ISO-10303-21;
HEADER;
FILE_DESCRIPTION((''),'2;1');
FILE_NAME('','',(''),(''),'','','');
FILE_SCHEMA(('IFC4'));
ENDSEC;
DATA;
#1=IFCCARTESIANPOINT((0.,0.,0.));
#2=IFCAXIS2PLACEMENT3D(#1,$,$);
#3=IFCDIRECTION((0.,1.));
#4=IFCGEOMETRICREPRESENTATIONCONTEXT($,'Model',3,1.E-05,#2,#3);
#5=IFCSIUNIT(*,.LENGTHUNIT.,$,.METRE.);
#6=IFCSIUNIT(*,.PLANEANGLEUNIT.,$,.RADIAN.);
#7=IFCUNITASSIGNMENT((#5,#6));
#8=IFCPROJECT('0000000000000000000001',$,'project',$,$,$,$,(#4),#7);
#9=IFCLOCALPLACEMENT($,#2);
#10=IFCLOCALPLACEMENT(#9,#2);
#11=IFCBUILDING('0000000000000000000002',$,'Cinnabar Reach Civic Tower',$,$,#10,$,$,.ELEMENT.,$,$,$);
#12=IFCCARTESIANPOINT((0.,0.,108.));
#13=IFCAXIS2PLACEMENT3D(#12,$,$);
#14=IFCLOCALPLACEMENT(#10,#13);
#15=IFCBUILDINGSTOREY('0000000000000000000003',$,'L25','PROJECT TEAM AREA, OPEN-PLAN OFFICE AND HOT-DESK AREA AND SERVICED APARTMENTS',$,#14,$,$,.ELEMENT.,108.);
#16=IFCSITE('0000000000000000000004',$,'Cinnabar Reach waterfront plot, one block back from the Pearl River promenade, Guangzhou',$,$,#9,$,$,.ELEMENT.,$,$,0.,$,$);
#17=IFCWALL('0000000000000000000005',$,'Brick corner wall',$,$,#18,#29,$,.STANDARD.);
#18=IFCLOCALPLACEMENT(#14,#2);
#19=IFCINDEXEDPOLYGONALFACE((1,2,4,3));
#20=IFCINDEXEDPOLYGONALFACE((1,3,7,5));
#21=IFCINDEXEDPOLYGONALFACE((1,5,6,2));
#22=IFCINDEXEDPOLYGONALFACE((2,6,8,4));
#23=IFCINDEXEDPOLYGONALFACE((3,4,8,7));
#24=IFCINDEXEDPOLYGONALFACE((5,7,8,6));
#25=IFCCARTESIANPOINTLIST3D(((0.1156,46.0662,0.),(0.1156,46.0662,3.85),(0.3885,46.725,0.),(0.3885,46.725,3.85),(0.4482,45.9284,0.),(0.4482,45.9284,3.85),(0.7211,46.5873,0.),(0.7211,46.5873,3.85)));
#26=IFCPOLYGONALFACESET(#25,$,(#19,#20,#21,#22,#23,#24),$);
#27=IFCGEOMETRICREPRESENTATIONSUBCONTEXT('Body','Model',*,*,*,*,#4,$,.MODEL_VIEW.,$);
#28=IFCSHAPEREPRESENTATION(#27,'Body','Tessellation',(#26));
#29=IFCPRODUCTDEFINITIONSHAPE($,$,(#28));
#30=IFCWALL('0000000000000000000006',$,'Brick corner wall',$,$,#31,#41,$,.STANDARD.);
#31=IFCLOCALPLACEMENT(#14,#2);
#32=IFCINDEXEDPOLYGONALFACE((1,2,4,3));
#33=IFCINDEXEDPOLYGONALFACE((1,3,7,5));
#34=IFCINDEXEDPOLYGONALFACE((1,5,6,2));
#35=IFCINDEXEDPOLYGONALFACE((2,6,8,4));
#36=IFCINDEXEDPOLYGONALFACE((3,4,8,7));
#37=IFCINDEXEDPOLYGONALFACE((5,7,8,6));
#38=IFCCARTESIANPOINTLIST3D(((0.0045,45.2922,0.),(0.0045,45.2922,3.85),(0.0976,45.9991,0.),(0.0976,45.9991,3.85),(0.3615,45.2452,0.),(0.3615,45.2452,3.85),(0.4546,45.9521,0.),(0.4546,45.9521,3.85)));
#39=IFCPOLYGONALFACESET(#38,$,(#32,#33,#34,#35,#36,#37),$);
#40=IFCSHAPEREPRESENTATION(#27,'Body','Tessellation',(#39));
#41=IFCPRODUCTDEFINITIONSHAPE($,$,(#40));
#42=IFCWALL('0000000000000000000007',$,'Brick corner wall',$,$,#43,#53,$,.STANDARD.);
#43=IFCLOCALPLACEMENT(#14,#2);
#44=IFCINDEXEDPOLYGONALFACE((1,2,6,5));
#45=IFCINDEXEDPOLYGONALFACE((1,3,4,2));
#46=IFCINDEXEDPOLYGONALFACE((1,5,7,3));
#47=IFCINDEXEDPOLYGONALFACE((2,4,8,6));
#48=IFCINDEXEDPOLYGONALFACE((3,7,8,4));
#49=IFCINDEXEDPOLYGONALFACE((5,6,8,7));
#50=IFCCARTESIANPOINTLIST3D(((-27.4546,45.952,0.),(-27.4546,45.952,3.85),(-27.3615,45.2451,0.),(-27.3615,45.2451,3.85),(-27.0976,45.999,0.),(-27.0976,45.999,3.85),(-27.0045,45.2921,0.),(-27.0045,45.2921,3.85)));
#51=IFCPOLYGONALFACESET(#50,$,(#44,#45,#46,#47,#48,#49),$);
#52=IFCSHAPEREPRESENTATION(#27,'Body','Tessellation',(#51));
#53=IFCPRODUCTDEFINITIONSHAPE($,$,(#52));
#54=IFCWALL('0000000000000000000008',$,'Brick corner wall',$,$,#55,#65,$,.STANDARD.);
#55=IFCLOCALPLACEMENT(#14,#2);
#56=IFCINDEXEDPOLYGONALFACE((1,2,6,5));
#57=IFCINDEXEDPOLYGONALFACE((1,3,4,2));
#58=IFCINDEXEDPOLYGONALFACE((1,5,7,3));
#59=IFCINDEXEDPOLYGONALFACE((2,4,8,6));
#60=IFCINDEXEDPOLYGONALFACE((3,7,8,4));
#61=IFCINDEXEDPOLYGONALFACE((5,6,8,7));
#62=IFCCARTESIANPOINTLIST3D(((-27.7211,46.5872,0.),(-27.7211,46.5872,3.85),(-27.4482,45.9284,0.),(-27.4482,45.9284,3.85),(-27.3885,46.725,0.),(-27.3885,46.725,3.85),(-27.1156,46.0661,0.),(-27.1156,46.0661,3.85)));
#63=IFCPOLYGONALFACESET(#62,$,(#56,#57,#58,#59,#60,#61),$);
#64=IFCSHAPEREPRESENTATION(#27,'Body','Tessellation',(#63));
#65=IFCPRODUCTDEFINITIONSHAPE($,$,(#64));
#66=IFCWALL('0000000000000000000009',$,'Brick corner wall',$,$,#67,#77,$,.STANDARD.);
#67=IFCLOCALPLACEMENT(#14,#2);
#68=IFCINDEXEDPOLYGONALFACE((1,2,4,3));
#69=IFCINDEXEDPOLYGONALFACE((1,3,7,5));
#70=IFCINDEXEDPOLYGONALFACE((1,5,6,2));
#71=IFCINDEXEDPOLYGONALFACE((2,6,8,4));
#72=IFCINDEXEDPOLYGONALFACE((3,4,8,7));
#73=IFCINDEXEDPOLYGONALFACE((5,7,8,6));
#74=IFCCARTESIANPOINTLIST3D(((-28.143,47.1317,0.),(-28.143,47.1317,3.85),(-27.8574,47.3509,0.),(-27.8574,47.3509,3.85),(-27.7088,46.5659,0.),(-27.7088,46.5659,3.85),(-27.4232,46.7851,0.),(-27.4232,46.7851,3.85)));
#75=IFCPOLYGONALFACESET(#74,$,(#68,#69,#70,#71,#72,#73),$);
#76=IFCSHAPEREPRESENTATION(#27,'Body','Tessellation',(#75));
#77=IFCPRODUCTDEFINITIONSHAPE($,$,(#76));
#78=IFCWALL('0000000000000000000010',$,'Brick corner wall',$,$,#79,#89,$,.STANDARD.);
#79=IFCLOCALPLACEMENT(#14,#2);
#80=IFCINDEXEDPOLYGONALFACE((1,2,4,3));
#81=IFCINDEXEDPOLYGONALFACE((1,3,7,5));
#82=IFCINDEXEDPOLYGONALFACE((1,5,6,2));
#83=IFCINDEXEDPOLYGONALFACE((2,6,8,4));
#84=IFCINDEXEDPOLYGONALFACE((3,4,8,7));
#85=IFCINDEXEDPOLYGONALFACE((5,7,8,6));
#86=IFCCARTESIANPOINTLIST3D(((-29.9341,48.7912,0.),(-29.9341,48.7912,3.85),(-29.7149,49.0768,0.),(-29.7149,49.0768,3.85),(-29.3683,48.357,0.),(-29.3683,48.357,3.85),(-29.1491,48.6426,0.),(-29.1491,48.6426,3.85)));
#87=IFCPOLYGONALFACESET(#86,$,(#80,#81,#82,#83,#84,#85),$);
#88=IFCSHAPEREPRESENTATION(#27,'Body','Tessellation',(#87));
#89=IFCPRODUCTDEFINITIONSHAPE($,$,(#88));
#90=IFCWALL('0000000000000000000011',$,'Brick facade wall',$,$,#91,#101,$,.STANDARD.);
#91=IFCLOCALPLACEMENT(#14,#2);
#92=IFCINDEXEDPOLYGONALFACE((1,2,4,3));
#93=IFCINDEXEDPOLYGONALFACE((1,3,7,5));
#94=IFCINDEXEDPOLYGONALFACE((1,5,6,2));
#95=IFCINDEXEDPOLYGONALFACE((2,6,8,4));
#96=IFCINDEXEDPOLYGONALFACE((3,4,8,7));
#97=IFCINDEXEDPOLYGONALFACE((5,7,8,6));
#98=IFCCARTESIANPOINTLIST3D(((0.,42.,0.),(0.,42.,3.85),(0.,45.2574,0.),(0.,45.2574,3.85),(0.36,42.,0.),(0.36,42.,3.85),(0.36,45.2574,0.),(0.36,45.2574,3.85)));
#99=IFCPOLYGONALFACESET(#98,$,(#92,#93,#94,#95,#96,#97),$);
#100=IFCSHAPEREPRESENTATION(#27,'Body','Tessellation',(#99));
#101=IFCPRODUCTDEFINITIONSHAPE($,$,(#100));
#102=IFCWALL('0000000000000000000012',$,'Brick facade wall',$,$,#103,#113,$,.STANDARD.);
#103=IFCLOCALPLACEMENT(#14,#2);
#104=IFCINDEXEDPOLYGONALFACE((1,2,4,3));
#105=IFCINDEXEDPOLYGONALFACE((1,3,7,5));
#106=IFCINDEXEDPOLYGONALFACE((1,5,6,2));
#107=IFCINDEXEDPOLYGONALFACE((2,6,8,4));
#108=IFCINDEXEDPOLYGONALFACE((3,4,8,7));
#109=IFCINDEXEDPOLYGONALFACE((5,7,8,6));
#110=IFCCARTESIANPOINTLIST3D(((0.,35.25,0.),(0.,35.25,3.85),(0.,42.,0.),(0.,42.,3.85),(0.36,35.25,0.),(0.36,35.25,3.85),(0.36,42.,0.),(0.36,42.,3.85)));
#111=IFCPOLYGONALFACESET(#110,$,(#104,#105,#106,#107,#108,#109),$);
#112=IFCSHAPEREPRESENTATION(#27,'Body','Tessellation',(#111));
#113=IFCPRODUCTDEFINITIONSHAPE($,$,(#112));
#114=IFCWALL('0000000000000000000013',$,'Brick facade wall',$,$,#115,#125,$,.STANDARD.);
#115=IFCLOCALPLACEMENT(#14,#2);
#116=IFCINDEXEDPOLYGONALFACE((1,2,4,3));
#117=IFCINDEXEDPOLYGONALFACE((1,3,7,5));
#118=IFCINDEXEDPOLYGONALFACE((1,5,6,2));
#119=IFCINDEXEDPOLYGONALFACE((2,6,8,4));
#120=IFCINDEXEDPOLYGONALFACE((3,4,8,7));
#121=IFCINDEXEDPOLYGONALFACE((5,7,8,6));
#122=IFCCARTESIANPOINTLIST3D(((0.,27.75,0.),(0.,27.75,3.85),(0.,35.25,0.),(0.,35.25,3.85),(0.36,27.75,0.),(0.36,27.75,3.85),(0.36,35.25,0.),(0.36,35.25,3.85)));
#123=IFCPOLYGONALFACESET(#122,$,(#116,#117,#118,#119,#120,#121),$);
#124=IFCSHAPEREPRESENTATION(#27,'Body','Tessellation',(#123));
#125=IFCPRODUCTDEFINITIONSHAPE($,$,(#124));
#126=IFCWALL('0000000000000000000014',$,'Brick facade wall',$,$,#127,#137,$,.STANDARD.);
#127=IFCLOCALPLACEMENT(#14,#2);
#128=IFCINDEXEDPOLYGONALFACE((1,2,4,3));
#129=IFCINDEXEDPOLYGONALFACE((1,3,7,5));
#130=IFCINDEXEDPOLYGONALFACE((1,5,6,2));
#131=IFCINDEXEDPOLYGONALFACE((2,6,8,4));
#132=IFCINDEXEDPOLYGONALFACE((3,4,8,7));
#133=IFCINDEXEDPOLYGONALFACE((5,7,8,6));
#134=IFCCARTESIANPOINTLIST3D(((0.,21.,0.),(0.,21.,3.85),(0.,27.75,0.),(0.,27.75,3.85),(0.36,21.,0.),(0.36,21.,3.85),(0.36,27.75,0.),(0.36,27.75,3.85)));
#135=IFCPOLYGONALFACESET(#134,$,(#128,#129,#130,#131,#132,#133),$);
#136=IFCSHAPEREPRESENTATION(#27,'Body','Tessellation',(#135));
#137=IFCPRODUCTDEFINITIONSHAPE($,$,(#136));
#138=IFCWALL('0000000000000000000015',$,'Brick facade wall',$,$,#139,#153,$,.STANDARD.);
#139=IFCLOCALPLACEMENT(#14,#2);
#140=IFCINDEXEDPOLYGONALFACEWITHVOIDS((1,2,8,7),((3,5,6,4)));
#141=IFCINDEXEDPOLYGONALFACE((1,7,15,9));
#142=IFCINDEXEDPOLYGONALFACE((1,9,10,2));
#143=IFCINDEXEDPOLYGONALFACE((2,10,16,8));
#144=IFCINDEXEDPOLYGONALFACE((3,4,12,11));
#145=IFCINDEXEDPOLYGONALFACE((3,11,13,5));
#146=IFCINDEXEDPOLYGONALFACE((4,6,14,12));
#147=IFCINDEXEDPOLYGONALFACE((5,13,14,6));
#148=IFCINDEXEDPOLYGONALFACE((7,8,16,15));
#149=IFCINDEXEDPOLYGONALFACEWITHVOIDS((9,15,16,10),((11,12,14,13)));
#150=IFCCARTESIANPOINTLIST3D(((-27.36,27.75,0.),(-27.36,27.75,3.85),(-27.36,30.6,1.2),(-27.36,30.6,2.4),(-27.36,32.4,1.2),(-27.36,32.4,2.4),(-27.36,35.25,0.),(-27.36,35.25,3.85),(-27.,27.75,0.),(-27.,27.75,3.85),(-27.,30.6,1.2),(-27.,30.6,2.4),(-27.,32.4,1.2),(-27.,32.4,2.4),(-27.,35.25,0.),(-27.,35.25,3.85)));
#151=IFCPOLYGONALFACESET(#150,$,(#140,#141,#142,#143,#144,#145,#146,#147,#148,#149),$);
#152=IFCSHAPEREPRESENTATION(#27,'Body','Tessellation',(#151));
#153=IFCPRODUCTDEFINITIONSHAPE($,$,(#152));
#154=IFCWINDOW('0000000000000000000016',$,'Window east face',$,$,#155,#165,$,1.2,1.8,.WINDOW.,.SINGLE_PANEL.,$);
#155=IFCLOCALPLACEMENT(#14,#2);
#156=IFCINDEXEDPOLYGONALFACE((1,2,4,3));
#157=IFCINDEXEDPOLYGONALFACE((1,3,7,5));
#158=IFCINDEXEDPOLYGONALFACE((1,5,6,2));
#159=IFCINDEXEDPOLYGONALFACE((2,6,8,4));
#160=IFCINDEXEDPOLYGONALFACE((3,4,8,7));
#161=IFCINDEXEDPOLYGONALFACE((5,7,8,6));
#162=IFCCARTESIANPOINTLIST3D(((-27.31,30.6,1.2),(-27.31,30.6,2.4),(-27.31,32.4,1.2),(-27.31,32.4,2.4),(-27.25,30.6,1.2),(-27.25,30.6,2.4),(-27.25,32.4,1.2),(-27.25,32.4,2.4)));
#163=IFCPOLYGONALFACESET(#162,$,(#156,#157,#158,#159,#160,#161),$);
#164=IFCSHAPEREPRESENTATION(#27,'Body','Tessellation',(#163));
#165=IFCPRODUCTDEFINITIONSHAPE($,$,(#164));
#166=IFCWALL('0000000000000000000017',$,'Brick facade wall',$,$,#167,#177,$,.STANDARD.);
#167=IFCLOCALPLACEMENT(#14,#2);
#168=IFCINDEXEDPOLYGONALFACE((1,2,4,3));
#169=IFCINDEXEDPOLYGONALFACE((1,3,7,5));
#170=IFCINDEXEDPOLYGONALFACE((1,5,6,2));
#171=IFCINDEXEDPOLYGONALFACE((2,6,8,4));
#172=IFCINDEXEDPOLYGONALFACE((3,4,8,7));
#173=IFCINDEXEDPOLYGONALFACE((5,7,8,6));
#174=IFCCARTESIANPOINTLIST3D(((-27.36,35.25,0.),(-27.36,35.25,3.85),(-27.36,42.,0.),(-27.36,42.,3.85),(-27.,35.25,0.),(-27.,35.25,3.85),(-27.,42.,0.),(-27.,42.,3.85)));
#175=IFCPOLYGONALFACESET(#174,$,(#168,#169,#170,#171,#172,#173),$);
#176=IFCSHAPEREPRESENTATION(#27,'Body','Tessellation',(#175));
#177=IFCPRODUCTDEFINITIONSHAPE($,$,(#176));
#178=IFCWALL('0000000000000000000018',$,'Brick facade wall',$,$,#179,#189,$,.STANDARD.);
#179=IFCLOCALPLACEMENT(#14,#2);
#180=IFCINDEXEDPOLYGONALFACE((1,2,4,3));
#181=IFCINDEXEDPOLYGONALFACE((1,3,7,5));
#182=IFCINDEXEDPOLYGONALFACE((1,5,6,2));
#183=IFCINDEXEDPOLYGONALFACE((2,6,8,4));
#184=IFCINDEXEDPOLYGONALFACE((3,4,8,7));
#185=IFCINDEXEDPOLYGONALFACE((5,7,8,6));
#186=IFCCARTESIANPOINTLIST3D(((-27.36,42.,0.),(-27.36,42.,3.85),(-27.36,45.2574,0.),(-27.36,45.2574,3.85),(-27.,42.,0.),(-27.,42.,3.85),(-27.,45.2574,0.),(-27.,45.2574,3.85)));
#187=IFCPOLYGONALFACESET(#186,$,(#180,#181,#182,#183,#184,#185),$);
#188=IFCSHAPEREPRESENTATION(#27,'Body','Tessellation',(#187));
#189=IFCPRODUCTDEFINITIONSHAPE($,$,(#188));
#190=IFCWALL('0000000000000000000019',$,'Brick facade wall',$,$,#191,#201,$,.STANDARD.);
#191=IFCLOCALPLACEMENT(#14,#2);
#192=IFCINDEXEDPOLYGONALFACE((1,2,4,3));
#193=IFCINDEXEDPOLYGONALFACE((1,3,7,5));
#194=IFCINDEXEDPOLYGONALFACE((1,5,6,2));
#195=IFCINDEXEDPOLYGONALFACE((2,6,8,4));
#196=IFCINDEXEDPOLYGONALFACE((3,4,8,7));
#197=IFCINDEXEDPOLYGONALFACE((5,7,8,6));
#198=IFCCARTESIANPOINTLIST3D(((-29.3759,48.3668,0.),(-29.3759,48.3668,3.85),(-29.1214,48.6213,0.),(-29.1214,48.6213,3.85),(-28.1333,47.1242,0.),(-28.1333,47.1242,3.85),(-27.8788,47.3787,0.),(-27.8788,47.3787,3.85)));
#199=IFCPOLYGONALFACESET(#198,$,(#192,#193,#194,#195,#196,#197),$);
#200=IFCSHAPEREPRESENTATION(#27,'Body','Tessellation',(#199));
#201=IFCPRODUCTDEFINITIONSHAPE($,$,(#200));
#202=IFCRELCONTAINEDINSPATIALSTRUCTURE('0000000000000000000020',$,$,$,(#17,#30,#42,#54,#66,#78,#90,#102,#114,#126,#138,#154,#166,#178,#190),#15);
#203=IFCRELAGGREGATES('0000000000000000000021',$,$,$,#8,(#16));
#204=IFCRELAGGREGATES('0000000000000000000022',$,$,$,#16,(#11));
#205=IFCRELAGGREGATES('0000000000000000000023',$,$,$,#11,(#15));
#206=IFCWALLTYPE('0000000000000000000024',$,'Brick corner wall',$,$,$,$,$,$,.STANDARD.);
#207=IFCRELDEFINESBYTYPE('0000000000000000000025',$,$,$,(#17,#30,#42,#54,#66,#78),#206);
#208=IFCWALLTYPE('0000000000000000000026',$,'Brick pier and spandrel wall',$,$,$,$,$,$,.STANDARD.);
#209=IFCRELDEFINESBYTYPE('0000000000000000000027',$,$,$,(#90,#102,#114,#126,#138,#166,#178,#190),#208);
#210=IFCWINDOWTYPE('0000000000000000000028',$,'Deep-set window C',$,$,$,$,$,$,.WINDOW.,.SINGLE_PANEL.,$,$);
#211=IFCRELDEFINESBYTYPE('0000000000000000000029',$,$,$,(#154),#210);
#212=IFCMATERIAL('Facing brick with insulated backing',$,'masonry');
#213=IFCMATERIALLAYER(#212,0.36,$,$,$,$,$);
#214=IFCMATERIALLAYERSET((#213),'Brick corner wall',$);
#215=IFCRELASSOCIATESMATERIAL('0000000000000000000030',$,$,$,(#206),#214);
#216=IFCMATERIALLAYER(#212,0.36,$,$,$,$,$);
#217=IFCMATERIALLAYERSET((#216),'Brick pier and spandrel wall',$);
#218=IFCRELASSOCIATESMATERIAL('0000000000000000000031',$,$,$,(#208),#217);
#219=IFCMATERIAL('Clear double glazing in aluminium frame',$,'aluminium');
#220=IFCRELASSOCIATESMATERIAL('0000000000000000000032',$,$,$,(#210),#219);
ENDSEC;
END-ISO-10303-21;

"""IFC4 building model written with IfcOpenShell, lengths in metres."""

from ifc_helpers import new_model, si_unit, direction, frame, frame_2d, origin, place, context, subcontext, project, spatial, rectangle, extrude, material, layer, layer_set, type_object, element, fill, save


model = new_model("IFC4")

# Units and contexts
model_context = context("Model", 3, precision=1e-05, world=origin(), true_north=direction((0.0, 1.0)))
body_context = subcontext(model_context, "Body", "Model", "MODEL_VIEW")
ifc_project = project(units=[si_unit("LENGTHUNIT", "METRE"), si_unit("PLANEANGLEUNIT", "RADIAN")], contexts=[model_context])

# Site, building, storey
site_placement = place(None, origin())
site = spatial("IfcSite", under=ifc_project, at=site_placement, Name="Cinnabar Reach waterfront plot, one block back from the Pearl River promenade, Guangzhou", CompositionType="ELEMENT", RefElevation=0.0)
building_placement = place(site_placement, origin())
building = spatial("IfcBuilding", under=site, at=building_placement, Name="Cinnabar Reach Civic Tower", CompositionType="ELEMENT")
storey_placement = place(building_placement, frame((0.0, 0.0, 108.0)))
storey = spatial("IfcBuildingStorey", under=building, at=storey_placement, Name="L25", Description="PROJECT TEAM AREA, OPEN-PLAN OFFICE AND HOT-DESK AREA AND SERVICED APARTMENTS", CompositionType="ELEMENT", Elevation=108.0)

# Walls
ifc_material_1 = material(Name="Facing brick with insulated backing", Category="masonry")
ifc_layer_1 = layer(ifc_material_1, 0.36)
ifc_layer_set_1 = layer_set([ifc_layer_1], Name="Brick corner wall")
wall_type_1 = type_object("IfcWallType", Name="Brick corner wall", PredefinedType="STANDARD", material=ifc_layer_set_1)
for number, where, z_axis, x_axis, name in (
    (1, (0.5548, 46.6561, 0.0), (0.0, 0.0, 1.0), (-0.382703, -0.923872, 0.0), "Brick corner wall"),
    (2, (0.2761, 45.9756, 0.0), (0.0, 0.0, 1.0), (-0.130556, -0.991441, 0.0), "Brick corner wall"),
    (3, (-27.183, 45.2686, 0.0), (0.0, 0.0, 1.0), (-0.130556, 0.991441, 0.0), "Brick corner wall"),
    (4, (-27.2819, 45.9973, 0.0), (0.0, 0.0, 1.0), (-0.382703, 0.923872, 0.0), "Brick corner wall"),
):
    element("IfcWall", number, at=place(storey_placement, frame(where, z_axis=z_axis, x_axis=x_axis)), inside=storey, type_object=wall_type_1, Name=name, PredefinedType="STANDARD", context=body_context, shape_type="SweptSolid", body=[
        extrude(rectangle(XDim=0.7131, YDim=0.36, at=frame_2d((0.3565, 0.0))), origin(), (0.0, 0.0, 1.0), 3.85),
    ])
for number, where, z_axis, x_axis, name in (
    (5, (-27.566, 46.6755, 0.0), (0.0, 0.0, 1.0), (-0.608802, 0.793322, 0.0), "Brick corner wall"),
    (6, (-29.2587, 48.4998, 0.0), (0.0, 0.0, 1.0), (-0.793322, 0.608802, 0.0), "Brick corner wall"),
):
    element("IfcWall", number, at=place(storey_placement, frame(where, z_axis=z_axis, x_axis=x_axis)), inside=storey, type_object=wall_type_1, Name=name, PredefinedType="STANDARD", context=body_context, shape_type="SweptSolid", body=[
        extrude(rectangle(XDim=0.7132, YDim=0.36, at=frame_2d((0.3566, 0.0))), origin(), (0.0, 0.0, 1.0), 3.85),
    ])
ifc_layer_2 = layer(ifc_material_1, 0.36)
ifc_layer_set_2 = layer_set([ifc_layer_2], Name="Brick pier and spandrel wall")
wall_type_2 = type_object("IfcWallType", Name="Brick pier and spandrel wall", PredefinedType="STANDARD", material=ifc_layer_set_2)
wall_1_placement = place(storey_placement, frame((0.18, 45.2574, 0.0), z_axis=(0.0, 0.0, 1.0), x_axis=(0.0, -1.0, 0.0)))
element("IfcWall", 7, at=wall_1_placement, inside=storey, type_object=wall_type_2, Name="Brick facade wall", PredefinedType="STANDARD", context=body_context, shape_type="SweptSolid", body=[
    extrude(rectangle(XDim=3.2574, YDim=0.36, at=frame_2d((1.6287, 0.0))), origin(), (0.0, 0.0, 1.0), 3.85),
])
wall_2_placement = place(storey_placement, frame((0.18, 42.0, 0.0), z_axis=(0.0, 0.0, 1.0), x_axis=(0.0, -1.0, 0.0)))
element("IfcWall", 8, at=wall_2_placement, inside=storey, type_object=wall_type_2, Name="Brick facade wall", PredefinedType="STANDARD", context=body_context, shape_type="SweptSolid", body=[
    extrude(rectangle(XDim=6.75, YDim=0.36, at=frame_2d((3.375, 0.0))), origin(), (0.0, 0.0, 1.0), 3.85),
])
wall_3_placement = place(storey_placement, frame((0.18, 35.25, 0.0), z_axis=(0.0, 0.0, 1.0), x_axis=(0.0, -1.0, 0.0)))
element("IfcWall", 9, at=wall_3_placement, inside=storey, type_object=wall_type_2, Name="Brick facade wall", PredefinedType="STANDARD", context=body_context, shape_type="SweptSolid", body=[
    extrude(rectangle(XDim=7.5, YDim=0.36, at=frame_2d((3.75, 0.0))), origin(), (0.0, 0.0, 1.0), 3.85),
])
wall_4_placement = place(storey_placement, frame((0.18, 27.75, 0.0), z_axis=(0.0, 0.0, 1.0), x_axis=(0.0, -1.0, 0.0)))
element("IfcWall", 10, at=wall_4_placement, inside=storey, type_object=wall_type_2, Name="Brick facade wall", PredefinedType="STANDARD", context=body_context, shape_type="SweptSolid", body=[
    extrude(rectangle(XDim=6.75, YDim=0.36, at=frame_2d((3.375, 0.0))), origin(), (0.0, 0.0, 1.0), 3.85),
])

# Wall, opening, window
wall_5_placement = place(storey_placement, frame((-27.18, 27.75, 0.0), z_axis=(0.0, 0.0, 1.0), x_axis=(0.0, 1.0, 0.0)))
wall_5 = element("IfcWall", 11, at=wall_5_placement, inside=storey, type_object=wall_type_2, Name="Brick facade wall", PredefinedType="STANDARD", context=body_context, shape_type="SweptSolid", body=[
    extrude(rectangle(XDim=7.5, YDim=0.36, at=frame_2d((3.75, 0.0))), origin(), (0.0, 0.0, 1.0), 3.85),
])
opening_1_placement = place(wall_5_placement, frame((2.85, 0.0, 1.2)))
opening_1 = element("IfcOpeningElement", 12, at=opening_1_placement, cuts=wall_5, PredefinedType="OPENING", context=body_context, shape_type="SweptSolid", body=[
    extrude(rectangle(XDim=1.8, YDim=1.2, at=frame_2d((0.9, 0.6))), frame((0.0, 0.19, 0.0), z_axis=(0.0, -1.0, 0.0), x_axis=(1.0, 0.0, 0.0)), (0.0, 0.0, 1.0), 0.38),
])
ifc_material_2 = material(Name="Clear double glazing in aluminium frame", Category="aluminium")
window_type = type_object("IfcWindowType", Name="Deep-set window C", PartitioningType="SINGLE_PANEL", PredefinedType="WINDOW", material=ifc_material_2)
window_placement = place(opening_1_placement, origin())
window = element("IfcWindow", 13, at=window_placement, inside=storey, type_object=window_type, Name="Window east face", OverallHeight=1.2, OverallWidth=1.8, PartitioningType="SINGLE_PANEL", PredefinedType="WINDOW", context=body_context, shape_type="SweptSolid", body=[
    extrude(rectangle(XDim=1.8, YDim=1.2, at=frame_2d((0.9, 0.6))), frame((0.0, 0.13, 0.0), z_axis=(0.0, -1.0, 0.0), x_axis=(1.0, 0.0, 0.0)), (0.0, 0.0, 1.0), 0.06),
])
fill(opening_1, window)

# Walls
wall_6_placement = place(storey_placement, frame((-27.18, 35.25, 0.0), z_axis=(0.0, 0.0, 1.0), x_axis=(0.0, 1.0, 0.0)))
element("IfcWall", 14, at=wall_6_placement, inside=storey, type_object=wall_type_2, Name="Brick facade wall", PredefinedType="STANDARD", context=body_context, shape_type="SweptSolid", body=[
    extrude(rectangle(XDim=6.75, YDim=0.36, at=frame_2d((3.375, 0.0))), origin(), (0.0, 0.0, 1.0), 3.85),
])
wall_7_placement = place(storey_placement, frame((-27.18, 42.0, 0.0), z_axis=(0.0, 0.0, 1.0), x_axis=(0.0, 1.0, 0.0)))
element("IfcWall", 15, at=wall_7_placement, inside=storey, type_object=wall_type_2, Name="Brick facade wall", PredefinedType="STANDARD", context=body_context, shape_type="SweptSolid", body=[
    extrude(rectangle(XDim=3.2574, YDim=0.36, at=frame_2d((1.6287, 0.0))), origin(), (0.0, 0.0, 1.0), 3.85),
])
wall_8_placement = place(storey_placement, frame((-28.006, 47.2514, 0.0), z_axis=(0.0, 0.0, 1.0), x_axis=(-0.707107, 0.707107, 0.0)))
element("IfcWall", 16, at=wall_8_placement, inside=storey, type_object=wall_type_2, Name="Brick facade wall", PredefinedType="STANDARD", context=body_context, shape_type="SweptSolid", body=[
    extrude(rectangle(XDim=1.7573, YDim=0.36, at=frame_2d((0.8787, 0.0))), origin(), (0.0, 0.0, 1.0), 3.85),
])

save(model, "model.ifc")
